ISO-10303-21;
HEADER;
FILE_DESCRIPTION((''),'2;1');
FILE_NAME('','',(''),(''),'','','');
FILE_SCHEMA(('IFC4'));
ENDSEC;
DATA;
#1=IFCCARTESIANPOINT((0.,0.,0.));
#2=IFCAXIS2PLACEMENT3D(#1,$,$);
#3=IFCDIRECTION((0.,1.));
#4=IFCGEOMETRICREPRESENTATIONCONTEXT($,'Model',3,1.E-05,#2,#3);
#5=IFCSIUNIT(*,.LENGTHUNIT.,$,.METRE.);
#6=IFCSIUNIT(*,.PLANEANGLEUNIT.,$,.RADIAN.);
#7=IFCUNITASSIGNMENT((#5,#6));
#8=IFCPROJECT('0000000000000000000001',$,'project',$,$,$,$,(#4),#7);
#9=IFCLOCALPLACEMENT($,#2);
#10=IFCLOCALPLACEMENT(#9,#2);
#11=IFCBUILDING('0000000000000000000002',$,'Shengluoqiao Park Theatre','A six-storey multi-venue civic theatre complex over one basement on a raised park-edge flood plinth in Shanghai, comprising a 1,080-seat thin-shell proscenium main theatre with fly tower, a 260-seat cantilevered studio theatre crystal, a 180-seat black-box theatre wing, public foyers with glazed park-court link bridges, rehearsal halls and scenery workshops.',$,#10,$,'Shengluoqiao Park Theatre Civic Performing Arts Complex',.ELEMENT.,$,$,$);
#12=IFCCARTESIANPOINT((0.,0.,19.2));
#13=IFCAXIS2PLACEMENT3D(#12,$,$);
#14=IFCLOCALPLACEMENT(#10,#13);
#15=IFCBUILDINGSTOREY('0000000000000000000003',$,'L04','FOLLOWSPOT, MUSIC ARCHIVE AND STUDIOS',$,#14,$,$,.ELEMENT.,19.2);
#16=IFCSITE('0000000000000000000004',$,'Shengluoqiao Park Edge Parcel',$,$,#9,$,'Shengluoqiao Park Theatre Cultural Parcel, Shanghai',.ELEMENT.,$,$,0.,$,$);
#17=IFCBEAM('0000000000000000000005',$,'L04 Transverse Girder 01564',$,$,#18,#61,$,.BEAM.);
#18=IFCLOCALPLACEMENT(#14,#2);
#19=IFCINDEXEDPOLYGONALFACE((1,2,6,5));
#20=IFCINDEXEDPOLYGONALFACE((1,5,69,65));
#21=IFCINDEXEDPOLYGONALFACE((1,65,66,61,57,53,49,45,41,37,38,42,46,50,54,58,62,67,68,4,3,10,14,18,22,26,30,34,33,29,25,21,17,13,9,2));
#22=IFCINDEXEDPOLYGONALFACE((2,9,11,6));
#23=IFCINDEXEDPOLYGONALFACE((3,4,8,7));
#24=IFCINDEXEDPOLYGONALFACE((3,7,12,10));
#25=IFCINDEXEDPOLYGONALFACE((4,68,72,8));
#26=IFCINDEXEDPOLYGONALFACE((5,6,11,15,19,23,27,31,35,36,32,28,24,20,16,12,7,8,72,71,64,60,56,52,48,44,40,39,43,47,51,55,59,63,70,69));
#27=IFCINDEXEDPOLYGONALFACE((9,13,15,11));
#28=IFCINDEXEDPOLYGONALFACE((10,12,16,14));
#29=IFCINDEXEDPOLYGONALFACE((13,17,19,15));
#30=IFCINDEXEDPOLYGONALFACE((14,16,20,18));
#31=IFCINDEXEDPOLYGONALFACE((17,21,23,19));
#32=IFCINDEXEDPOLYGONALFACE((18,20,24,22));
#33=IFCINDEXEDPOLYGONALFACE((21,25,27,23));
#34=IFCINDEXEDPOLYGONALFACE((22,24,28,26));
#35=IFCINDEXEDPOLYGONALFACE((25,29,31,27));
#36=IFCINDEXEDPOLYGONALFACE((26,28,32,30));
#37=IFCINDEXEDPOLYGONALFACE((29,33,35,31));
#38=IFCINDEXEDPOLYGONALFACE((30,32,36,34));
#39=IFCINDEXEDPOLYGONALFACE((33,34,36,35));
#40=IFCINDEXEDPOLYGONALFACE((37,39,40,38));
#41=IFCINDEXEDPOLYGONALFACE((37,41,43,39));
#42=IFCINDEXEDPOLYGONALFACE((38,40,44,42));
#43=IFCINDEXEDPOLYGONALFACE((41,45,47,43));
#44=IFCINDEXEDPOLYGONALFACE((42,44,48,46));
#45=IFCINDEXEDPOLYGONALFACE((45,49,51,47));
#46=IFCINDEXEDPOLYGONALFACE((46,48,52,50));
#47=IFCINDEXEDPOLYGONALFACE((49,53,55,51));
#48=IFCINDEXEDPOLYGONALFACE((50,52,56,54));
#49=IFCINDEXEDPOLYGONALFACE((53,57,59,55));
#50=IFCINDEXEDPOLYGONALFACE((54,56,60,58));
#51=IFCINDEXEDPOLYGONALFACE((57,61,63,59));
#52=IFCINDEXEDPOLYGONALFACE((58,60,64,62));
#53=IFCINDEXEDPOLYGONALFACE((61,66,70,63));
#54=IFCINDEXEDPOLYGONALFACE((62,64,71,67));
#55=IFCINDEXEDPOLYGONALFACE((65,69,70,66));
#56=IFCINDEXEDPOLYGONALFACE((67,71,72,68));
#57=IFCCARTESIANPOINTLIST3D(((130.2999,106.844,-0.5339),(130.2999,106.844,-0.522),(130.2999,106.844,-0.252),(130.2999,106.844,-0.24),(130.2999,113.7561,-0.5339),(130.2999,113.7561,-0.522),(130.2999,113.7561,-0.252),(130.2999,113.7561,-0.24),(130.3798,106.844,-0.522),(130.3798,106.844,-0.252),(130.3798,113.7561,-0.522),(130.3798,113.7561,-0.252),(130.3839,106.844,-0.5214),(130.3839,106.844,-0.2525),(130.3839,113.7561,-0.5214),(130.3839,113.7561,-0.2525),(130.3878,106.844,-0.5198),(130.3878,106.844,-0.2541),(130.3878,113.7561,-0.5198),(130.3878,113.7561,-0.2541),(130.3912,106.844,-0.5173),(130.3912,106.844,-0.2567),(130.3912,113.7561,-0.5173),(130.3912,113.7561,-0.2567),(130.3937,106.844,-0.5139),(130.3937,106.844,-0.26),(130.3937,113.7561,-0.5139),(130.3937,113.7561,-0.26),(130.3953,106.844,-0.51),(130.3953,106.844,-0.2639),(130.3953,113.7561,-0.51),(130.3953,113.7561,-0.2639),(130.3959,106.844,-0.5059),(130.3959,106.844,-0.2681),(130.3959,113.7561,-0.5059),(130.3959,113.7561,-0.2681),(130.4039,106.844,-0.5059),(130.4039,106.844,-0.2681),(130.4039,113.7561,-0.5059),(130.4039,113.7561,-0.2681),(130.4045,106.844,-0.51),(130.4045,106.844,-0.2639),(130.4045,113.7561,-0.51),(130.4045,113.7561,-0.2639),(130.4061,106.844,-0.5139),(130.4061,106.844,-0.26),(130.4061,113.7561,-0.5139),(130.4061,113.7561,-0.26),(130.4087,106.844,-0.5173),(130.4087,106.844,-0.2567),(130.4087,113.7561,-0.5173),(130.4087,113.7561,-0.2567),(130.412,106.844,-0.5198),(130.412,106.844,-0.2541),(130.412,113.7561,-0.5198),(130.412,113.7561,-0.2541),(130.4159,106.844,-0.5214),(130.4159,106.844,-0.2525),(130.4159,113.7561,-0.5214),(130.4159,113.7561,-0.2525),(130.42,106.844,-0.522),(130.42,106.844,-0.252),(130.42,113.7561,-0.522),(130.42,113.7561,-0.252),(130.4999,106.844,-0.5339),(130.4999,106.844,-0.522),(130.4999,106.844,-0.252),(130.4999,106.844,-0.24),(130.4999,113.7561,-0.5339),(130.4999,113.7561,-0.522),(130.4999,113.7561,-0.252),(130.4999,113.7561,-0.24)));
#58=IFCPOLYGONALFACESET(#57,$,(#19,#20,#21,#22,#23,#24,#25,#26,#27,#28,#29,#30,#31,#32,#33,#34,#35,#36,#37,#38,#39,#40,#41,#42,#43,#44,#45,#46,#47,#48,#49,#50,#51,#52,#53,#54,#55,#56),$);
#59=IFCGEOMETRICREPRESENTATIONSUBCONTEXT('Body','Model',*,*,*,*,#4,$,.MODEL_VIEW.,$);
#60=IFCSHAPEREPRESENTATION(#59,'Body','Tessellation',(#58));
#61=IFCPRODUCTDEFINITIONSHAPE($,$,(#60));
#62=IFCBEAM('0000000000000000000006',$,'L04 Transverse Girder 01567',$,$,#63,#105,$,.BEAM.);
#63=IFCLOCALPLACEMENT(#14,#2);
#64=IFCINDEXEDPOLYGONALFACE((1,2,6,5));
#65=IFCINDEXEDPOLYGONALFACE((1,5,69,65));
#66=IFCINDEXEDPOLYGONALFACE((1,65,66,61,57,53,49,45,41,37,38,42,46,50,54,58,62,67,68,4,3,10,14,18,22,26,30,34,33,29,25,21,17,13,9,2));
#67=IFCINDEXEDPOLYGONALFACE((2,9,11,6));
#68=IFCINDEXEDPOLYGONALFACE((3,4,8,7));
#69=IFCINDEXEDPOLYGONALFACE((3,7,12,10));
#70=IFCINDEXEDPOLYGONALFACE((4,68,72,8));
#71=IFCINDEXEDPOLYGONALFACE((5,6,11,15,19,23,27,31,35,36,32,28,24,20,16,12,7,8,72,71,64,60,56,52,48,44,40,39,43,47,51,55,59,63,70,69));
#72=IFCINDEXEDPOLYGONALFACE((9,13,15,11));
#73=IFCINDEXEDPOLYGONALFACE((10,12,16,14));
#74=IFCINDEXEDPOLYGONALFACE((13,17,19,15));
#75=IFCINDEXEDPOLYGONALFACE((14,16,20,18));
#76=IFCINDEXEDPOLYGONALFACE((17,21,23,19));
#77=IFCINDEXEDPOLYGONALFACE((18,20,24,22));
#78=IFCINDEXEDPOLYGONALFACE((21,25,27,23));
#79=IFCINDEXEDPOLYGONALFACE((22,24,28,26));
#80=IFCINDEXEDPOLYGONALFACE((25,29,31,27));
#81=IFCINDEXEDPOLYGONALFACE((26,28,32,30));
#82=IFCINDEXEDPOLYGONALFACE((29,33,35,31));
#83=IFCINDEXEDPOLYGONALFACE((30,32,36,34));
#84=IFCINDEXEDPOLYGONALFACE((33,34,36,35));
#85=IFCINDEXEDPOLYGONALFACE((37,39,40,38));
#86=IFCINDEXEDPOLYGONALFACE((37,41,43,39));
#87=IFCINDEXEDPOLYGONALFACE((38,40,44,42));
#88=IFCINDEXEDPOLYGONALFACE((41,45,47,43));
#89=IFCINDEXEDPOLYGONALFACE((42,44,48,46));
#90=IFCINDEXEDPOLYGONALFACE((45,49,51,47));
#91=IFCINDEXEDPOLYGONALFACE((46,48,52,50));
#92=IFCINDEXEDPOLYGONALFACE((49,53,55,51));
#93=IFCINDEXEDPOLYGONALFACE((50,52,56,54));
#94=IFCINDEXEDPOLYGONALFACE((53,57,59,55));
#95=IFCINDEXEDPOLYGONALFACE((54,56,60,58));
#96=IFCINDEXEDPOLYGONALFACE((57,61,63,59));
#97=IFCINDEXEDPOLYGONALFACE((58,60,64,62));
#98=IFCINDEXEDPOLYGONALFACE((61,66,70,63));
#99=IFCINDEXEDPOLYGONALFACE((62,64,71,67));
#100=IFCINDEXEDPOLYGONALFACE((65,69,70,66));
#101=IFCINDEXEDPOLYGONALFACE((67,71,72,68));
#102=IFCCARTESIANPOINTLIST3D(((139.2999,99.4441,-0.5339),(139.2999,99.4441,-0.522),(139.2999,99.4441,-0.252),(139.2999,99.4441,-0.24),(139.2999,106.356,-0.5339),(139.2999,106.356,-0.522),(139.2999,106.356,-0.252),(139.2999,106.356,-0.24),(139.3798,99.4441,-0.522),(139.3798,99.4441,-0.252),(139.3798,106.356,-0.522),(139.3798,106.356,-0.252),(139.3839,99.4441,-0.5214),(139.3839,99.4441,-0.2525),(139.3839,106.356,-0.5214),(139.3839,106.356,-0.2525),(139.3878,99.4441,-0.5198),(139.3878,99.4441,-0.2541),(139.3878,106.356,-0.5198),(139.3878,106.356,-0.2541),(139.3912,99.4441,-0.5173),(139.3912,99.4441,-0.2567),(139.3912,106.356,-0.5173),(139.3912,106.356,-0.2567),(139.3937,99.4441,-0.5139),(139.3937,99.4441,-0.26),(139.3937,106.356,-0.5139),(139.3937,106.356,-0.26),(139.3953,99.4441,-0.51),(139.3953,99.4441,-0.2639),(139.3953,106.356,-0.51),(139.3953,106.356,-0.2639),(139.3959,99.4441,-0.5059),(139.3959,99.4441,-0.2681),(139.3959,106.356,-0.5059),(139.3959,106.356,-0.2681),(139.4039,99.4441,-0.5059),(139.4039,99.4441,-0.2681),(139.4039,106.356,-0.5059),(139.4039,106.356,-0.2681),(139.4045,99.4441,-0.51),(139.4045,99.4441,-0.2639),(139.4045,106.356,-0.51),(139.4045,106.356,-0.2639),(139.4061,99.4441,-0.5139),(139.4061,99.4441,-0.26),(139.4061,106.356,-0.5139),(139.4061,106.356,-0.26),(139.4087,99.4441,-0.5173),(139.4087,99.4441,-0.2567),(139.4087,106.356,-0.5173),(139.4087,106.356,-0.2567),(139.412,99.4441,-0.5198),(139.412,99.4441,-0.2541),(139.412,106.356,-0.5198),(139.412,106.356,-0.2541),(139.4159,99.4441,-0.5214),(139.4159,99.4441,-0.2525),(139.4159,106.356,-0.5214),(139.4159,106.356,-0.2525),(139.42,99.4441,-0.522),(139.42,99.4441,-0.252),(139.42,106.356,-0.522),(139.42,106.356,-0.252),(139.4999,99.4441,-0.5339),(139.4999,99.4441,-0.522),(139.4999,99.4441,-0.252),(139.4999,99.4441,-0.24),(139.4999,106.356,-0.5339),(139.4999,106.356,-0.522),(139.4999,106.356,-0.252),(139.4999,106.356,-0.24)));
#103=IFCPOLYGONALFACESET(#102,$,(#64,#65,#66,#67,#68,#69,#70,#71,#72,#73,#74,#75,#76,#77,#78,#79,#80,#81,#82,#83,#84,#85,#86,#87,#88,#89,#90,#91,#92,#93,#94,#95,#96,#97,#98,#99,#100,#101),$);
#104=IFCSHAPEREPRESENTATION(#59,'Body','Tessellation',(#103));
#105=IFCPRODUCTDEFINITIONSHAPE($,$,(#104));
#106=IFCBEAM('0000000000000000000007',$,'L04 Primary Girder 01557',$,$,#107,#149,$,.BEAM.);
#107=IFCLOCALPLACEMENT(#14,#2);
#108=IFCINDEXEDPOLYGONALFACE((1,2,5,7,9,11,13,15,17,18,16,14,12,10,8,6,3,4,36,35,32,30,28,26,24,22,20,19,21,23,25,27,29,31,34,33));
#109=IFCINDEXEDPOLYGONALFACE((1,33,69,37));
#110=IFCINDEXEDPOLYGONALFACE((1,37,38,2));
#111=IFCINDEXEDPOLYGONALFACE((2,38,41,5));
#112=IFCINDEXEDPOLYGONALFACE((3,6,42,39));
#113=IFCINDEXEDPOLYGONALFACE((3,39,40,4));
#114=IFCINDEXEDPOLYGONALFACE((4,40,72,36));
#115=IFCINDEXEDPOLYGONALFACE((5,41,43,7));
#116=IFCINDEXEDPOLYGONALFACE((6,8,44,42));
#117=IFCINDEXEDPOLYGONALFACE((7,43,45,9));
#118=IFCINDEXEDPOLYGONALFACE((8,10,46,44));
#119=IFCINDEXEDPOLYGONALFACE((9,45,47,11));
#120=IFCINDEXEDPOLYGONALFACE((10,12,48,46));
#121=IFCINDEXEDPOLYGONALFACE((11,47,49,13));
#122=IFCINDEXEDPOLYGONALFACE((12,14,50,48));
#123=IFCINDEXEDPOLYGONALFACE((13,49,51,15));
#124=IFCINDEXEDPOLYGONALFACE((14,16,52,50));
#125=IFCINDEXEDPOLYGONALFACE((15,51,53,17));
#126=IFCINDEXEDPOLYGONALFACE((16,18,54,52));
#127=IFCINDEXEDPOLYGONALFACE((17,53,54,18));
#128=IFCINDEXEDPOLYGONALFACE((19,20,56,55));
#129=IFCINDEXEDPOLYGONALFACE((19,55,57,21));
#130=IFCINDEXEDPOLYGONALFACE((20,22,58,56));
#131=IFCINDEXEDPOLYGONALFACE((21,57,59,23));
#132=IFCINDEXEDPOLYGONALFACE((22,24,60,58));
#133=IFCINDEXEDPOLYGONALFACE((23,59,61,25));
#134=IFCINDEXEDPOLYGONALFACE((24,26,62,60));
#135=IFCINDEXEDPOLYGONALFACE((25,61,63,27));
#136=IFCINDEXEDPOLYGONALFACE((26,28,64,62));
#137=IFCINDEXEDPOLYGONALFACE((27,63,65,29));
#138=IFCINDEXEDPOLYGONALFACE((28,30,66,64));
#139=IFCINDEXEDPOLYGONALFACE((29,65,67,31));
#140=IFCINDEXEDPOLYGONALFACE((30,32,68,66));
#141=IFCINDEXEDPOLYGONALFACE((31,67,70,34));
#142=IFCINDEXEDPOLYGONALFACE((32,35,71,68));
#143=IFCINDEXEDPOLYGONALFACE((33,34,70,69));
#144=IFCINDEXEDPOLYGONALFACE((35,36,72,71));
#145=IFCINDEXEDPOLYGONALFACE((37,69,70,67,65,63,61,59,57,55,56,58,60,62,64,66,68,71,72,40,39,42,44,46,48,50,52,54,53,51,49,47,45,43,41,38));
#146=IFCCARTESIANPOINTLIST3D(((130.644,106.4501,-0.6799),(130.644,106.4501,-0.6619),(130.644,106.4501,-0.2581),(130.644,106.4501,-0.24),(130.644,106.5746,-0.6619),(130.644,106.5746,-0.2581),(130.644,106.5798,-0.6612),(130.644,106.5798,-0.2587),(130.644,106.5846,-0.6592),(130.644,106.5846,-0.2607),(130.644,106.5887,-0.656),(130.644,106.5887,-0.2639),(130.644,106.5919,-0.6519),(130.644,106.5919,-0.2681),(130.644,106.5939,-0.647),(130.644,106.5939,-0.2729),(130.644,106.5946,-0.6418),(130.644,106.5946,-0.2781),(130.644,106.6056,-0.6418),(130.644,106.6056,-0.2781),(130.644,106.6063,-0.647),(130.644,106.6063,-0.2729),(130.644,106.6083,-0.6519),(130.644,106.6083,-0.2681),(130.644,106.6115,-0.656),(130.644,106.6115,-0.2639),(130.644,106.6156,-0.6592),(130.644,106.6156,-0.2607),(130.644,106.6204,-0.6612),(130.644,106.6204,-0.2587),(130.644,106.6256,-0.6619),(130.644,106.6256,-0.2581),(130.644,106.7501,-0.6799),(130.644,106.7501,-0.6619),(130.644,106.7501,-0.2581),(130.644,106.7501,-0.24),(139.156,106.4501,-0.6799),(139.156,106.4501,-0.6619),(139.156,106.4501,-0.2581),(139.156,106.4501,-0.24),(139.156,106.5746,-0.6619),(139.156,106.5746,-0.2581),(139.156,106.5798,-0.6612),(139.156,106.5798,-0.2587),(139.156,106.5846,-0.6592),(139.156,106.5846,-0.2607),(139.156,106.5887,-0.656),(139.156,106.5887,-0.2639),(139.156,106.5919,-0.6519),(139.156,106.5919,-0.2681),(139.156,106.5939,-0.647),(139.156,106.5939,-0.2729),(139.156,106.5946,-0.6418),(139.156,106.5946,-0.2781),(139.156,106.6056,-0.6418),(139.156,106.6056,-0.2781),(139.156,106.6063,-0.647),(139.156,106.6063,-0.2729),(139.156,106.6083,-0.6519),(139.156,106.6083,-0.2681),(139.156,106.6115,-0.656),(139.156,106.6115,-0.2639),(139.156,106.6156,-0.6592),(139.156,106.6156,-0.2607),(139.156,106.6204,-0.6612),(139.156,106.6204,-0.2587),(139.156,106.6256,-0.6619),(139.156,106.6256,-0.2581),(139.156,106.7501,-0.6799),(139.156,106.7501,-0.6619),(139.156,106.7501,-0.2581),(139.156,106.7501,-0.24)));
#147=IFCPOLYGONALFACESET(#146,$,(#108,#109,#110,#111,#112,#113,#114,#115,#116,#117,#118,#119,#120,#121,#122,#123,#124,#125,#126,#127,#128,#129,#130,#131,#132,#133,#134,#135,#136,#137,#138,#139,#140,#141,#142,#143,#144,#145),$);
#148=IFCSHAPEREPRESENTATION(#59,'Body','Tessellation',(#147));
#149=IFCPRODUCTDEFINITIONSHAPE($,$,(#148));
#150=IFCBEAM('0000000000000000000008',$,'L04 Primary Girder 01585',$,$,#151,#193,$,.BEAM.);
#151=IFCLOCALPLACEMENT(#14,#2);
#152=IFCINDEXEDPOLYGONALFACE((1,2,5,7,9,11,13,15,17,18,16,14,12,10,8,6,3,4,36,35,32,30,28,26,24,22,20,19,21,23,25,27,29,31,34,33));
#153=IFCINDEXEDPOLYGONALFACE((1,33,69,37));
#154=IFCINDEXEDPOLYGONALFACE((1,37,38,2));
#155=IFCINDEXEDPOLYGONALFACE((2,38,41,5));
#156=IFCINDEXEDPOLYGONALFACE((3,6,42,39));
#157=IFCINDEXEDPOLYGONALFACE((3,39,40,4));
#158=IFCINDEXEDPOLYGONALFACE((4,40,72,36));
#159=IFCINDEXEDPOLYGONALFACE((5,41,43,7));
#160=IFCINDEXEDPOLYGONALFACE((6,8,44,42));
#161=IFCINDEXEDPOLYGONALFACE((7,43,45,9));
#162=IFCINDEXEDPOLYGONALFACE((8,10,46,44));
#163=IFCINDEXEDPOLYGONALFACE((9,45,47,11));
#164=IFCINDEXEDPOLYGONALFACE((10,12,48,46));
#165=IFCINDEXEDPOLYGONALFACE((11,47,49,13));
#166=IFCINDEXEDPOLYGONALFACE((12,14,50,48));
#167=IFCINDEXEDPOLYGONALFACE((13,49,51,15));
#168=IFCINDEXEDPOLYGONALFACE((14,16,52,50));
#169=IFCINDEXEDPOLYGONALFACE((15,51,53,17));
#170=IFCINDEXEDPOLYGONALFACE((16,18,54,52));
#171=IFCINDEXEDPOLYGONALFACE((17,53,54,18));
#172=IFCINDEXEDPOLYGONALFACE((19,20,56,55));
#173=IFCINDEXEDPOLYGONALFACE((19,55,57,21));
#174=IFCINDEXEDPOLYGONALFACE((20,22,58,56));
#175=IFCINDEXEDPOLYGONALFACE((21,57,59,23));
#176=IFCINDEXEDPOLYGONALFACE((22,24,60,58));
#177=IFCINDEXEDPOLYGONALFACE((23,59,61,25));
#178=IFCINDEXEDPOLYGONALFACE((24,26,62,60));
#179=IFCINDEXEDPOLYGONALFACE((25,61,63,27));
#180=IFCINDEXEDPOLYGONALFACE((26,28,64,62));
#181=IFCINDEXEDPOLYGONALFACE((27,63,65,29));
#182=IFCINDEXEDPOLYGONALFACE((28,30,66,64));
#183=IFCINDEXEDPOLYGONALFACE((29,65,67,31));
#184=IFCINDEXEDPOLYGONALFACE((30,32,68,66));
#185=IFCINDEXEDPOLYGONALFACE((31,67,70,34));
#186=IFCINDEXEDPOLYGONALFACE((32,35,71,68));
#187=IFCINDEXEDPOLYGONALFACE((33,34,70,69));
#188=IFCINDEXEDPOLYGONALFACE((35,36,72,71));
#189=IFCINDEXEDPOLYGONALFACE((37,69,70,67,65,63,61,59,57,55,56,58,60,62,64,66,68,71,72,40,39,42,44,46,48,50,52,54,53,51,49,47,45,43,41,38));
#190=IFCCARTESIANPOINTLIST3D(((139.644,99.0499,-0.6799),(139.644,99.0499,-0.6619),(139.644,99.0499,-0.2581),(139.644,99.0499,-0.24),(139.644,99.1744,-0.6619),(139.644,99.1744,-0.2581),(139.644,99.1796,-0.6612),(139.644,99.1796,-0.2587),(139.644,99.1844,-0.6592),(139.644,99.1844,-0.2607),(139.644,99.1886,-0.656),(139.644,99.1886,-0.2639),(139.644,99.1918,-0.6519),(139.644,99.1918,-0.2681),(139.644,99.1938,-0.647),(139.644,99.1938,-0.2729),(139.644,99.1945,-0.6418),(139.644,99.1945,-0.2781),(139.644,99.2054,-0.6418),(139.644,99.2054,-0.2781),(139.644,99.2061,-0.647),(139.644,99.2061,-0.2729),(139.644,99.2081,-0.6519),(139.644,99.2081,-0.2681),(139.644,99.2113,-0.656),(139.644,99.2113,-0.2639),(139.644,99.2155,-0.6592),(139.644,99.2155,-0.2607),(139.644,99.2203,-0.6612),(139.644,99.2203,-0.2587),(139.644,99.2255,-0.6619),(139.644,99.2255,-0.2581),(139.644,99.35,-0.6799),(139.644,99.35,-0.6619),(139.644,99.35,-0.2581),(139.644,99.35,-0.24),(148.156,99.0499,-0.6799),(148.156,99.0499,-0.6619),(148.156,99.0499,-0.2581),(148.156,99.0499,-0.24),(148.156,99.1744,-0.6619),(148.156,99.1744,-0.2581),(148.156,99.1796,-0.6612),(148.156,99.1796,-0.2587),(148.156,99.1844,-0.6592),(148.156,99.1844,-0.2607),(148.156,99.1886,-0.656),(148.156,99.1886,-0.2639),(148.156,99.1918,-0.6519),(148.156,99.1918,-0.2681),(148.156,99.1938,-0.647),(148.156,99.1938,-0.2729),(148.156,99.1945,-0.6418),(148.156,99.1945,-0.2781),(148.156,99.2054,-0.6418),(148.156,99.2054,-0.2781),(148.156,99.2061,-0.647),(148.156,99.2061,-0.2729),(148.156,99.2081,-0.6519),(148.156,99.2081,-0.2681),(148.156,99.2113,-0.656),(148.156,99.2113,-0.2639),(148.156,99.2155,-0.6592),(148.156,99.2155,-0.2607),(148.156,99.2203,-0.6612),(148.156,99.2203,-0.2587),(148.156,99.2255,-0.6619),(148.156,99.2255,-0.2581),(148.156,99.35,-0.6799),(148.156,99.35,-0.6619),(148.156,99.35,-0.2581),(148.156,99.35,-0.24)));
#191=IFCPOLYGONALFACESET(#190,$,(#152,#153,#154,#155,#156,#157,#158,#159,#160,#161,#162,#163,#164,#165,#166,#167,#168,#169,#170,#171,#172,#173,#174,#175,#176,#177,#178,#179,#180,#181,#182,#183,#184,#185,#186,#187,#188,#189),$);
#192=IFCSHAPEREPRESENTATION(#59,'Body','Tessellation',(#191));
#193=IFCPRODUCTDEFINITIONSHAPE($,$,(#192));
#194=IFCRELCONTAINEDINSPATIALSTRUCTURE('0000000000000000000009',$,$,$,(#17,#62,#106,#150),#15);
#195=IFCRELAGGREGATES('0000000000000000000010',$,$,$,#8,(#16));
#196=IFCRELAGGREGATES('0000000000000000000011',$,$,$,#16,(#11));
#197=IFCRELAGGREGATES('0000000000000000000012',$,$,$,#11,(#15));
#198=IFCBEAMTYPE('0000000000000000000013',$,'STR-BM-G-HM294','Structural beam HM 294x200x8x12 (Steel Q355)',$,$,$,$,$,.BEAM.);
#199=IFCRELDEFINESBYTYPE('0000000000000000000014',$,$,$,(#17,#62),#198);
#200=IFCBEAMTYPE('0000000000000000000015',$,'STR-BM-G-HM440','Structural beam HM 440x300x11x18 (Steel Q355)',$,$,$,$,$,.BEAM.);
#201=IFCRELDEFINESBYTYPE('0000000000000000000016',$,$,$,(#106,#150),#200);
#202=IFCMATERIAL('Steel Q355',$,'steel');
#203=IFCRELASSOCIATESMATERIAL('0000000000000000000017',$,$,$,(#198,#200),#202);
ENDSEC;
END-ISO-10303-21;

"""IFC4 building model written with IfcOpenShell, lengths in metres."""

from ifc_helpers import new_model, si_unit, direction, frame, origin, origin_2d, place, context, subcontext, project, spatial, i_section, extrude, material, material_profile, profile_set, type_object, element, save


model = new_model("IFC4")

# Units and contexts
model_context = context("Model", 3, precision=1e-05, world=origin(), true_north=direction((0.0, 1.0)))
body_context = subcontext(model_context, "Body", "Model", "MODEL_VIEW")
ifc_project = project(units=[si_unit("LENGTHUNIT", "METRE"), si_unit("PLANEANGLEUNIT", "RADIAN")], contexts=[model_context])

# Site, building, storey
site_placement = place(None, origin())
site = spatial("IfcSite", under=ifc_project, at=site_placement, Name="Shengluoqiao Park Edge Parcel", LongName="Shengluoqiao Park Theatre Cultural Parcel, Shanghai", CompositionType="ELEMENT", RefElevation=0.0)
building_placement = place(site_placement, origin())
building = spatial("IfcBuilding", under=site, at=building_placement, Name="Shengluoqiao Park Theatre", Description="A six-storey multi-venue civic theatre complex over one basement on a raised park-edge flood plinth in Shanghai, comprising a 1,080-seat thin-shell proscenium main theatre with fly tower, a 260-seat cantilevered studio theatre crystal, a 180-seat black-box theatre wing, public foyers with glazed park-court link bridges, rehearsal halls and scenery workshops.", LongName="Shengluoqiao Park Theatre Civic Performing Arts Complex", CompositionType="ELEMENT")
storey_placement = place(building_placement, frame((0.0, 0.0, 19.2)))
storey = spatial("IfcBuildingStorey", under=building, at=storey_placement, Name="L04", Description="FOLLOWSPOT, MUSIC ARCHIVE AND STUDIOS", CompositionType="ELEMENT", Elevation=19.2)

# Shared definitions
ifc_material_1 = material(Name="Steel Q355", Category="steel")

# Beams
ifc_material_profile_1 = material_profile(ifc_material_1, i_section(OverallWidth=0.2, OverallDepth=0.2939, WebThickness=0.0081, FlangeThickness=0.012, FilletRadius=0.0161, at=origin_2d()), Name="HM 294x200x8x12")
ifc_profile_set_1 = profile_set([ifc_material_profile_1], Name="Steel Q355")
beam_type_1 = type_object("IfcBeamType", Name="STR-BM-G-HM294", Description="Structural beam HM 294x200x8x12 (Steel Q355)", PredefinedType="BEAM", material=ifc_profile_set_1)
beam_1_placement = place(storey_placement, frame((130.3999, 106.844, -0.387), z_axis=(0.0, 1.0, 0.0), x_axis=(-1.0, 0.0, 0.0)))
element("IfcBeam", 1, at=beam_1_placement, inside=storey, type_object=beam_type_1, Name="L04 Transverse Girder 01564", PredefinedType="BEAM", context=body_context, shape_type="SweptSolid", body=[
    extrude(i_section(OverallWidth=0.2, OverallDepth=0.2939, WebThickness=0.0081, FlangeThickness=0.012, FilletRadius=0.0161, at=origin_2d()), origin(), (0.0, 0.0, 1.0), 6.9121),
])
beam_2_placement = place(storey_placement, frame((139.3999, 99.4441, -0.387), z_axis=(0.0, 1.0, 0.0), x_axis=(-1.0, 0.0, 0.0)))
element("IfcBeam", 2, at=beam_2_placement, inside=storey, type_object=beam_type_1, Name="L04 Transverse Girder 01567", PredefinedType="BEAM", context=body_context, shape_type="SweptSolid", body=[
    extrude(i_section(OverallWidth=0.2, OverallDepth=0.2939, WebThickness=0.0081, FlangeThickness=0.012, FilletRadius=0.0161, at=origin_2d()), origin(), (0.0, 0.0, 1.0), 6.9119),
])
ifc_material_profile_2 = material_profile(ifc_material_1, i_section(OverallWidth=0.3, OverallDepth=0.4399, WebThickness=0.011, FlangeThickness=0.0181, FilletRadius=0.02, at=origin_2d()), Name="HM 440x300x11x18")
ifc_profile_set_2 = profile_set([ifc_material_profile_2], Name="Steel Q355")
beam_type_2 = type_object("IfcBeamType", Name="STR-BM-G-HM440", Description="Structural beam HM 440x300x11x18 (Steel Q355)", PredefinedType="BEAM", material=ifc_profile_set_2)
for number, where, z_axis, x_axis, name in (
    (3, (130.644, 106.6001, -0.46), (1.0, 0.0, 0.0), (0.0, 1.0, 0.0), "L04 Primary Girder 01557"),
    (4, (139.644, 99.2, -0.46), (1.0, 0.0, 0.0), (0.0, 1.0, 0.0), "L04 Primary Girder 01585"),
):
    element("IfcBeam", number, at=place(storey_placement, frame(where, z_axis=z_axis, x_axis=x_axis)), inside=storey, type_object=beam_type_2, Name=name, PredefinedType="BEAM", context=body_context, shape_type="SweptSolid", body=[
        extrude(i_section(OverallWidth=0.3, OverallDepth=0.4399, WebThickness=0.011, FlangeThickness=0.0181, FilletRadius=0.02, at=origin_2d()), origin(), (0.0, 0.0, 1.0), 8.512),
    ])

save(model, "model.ifc")
